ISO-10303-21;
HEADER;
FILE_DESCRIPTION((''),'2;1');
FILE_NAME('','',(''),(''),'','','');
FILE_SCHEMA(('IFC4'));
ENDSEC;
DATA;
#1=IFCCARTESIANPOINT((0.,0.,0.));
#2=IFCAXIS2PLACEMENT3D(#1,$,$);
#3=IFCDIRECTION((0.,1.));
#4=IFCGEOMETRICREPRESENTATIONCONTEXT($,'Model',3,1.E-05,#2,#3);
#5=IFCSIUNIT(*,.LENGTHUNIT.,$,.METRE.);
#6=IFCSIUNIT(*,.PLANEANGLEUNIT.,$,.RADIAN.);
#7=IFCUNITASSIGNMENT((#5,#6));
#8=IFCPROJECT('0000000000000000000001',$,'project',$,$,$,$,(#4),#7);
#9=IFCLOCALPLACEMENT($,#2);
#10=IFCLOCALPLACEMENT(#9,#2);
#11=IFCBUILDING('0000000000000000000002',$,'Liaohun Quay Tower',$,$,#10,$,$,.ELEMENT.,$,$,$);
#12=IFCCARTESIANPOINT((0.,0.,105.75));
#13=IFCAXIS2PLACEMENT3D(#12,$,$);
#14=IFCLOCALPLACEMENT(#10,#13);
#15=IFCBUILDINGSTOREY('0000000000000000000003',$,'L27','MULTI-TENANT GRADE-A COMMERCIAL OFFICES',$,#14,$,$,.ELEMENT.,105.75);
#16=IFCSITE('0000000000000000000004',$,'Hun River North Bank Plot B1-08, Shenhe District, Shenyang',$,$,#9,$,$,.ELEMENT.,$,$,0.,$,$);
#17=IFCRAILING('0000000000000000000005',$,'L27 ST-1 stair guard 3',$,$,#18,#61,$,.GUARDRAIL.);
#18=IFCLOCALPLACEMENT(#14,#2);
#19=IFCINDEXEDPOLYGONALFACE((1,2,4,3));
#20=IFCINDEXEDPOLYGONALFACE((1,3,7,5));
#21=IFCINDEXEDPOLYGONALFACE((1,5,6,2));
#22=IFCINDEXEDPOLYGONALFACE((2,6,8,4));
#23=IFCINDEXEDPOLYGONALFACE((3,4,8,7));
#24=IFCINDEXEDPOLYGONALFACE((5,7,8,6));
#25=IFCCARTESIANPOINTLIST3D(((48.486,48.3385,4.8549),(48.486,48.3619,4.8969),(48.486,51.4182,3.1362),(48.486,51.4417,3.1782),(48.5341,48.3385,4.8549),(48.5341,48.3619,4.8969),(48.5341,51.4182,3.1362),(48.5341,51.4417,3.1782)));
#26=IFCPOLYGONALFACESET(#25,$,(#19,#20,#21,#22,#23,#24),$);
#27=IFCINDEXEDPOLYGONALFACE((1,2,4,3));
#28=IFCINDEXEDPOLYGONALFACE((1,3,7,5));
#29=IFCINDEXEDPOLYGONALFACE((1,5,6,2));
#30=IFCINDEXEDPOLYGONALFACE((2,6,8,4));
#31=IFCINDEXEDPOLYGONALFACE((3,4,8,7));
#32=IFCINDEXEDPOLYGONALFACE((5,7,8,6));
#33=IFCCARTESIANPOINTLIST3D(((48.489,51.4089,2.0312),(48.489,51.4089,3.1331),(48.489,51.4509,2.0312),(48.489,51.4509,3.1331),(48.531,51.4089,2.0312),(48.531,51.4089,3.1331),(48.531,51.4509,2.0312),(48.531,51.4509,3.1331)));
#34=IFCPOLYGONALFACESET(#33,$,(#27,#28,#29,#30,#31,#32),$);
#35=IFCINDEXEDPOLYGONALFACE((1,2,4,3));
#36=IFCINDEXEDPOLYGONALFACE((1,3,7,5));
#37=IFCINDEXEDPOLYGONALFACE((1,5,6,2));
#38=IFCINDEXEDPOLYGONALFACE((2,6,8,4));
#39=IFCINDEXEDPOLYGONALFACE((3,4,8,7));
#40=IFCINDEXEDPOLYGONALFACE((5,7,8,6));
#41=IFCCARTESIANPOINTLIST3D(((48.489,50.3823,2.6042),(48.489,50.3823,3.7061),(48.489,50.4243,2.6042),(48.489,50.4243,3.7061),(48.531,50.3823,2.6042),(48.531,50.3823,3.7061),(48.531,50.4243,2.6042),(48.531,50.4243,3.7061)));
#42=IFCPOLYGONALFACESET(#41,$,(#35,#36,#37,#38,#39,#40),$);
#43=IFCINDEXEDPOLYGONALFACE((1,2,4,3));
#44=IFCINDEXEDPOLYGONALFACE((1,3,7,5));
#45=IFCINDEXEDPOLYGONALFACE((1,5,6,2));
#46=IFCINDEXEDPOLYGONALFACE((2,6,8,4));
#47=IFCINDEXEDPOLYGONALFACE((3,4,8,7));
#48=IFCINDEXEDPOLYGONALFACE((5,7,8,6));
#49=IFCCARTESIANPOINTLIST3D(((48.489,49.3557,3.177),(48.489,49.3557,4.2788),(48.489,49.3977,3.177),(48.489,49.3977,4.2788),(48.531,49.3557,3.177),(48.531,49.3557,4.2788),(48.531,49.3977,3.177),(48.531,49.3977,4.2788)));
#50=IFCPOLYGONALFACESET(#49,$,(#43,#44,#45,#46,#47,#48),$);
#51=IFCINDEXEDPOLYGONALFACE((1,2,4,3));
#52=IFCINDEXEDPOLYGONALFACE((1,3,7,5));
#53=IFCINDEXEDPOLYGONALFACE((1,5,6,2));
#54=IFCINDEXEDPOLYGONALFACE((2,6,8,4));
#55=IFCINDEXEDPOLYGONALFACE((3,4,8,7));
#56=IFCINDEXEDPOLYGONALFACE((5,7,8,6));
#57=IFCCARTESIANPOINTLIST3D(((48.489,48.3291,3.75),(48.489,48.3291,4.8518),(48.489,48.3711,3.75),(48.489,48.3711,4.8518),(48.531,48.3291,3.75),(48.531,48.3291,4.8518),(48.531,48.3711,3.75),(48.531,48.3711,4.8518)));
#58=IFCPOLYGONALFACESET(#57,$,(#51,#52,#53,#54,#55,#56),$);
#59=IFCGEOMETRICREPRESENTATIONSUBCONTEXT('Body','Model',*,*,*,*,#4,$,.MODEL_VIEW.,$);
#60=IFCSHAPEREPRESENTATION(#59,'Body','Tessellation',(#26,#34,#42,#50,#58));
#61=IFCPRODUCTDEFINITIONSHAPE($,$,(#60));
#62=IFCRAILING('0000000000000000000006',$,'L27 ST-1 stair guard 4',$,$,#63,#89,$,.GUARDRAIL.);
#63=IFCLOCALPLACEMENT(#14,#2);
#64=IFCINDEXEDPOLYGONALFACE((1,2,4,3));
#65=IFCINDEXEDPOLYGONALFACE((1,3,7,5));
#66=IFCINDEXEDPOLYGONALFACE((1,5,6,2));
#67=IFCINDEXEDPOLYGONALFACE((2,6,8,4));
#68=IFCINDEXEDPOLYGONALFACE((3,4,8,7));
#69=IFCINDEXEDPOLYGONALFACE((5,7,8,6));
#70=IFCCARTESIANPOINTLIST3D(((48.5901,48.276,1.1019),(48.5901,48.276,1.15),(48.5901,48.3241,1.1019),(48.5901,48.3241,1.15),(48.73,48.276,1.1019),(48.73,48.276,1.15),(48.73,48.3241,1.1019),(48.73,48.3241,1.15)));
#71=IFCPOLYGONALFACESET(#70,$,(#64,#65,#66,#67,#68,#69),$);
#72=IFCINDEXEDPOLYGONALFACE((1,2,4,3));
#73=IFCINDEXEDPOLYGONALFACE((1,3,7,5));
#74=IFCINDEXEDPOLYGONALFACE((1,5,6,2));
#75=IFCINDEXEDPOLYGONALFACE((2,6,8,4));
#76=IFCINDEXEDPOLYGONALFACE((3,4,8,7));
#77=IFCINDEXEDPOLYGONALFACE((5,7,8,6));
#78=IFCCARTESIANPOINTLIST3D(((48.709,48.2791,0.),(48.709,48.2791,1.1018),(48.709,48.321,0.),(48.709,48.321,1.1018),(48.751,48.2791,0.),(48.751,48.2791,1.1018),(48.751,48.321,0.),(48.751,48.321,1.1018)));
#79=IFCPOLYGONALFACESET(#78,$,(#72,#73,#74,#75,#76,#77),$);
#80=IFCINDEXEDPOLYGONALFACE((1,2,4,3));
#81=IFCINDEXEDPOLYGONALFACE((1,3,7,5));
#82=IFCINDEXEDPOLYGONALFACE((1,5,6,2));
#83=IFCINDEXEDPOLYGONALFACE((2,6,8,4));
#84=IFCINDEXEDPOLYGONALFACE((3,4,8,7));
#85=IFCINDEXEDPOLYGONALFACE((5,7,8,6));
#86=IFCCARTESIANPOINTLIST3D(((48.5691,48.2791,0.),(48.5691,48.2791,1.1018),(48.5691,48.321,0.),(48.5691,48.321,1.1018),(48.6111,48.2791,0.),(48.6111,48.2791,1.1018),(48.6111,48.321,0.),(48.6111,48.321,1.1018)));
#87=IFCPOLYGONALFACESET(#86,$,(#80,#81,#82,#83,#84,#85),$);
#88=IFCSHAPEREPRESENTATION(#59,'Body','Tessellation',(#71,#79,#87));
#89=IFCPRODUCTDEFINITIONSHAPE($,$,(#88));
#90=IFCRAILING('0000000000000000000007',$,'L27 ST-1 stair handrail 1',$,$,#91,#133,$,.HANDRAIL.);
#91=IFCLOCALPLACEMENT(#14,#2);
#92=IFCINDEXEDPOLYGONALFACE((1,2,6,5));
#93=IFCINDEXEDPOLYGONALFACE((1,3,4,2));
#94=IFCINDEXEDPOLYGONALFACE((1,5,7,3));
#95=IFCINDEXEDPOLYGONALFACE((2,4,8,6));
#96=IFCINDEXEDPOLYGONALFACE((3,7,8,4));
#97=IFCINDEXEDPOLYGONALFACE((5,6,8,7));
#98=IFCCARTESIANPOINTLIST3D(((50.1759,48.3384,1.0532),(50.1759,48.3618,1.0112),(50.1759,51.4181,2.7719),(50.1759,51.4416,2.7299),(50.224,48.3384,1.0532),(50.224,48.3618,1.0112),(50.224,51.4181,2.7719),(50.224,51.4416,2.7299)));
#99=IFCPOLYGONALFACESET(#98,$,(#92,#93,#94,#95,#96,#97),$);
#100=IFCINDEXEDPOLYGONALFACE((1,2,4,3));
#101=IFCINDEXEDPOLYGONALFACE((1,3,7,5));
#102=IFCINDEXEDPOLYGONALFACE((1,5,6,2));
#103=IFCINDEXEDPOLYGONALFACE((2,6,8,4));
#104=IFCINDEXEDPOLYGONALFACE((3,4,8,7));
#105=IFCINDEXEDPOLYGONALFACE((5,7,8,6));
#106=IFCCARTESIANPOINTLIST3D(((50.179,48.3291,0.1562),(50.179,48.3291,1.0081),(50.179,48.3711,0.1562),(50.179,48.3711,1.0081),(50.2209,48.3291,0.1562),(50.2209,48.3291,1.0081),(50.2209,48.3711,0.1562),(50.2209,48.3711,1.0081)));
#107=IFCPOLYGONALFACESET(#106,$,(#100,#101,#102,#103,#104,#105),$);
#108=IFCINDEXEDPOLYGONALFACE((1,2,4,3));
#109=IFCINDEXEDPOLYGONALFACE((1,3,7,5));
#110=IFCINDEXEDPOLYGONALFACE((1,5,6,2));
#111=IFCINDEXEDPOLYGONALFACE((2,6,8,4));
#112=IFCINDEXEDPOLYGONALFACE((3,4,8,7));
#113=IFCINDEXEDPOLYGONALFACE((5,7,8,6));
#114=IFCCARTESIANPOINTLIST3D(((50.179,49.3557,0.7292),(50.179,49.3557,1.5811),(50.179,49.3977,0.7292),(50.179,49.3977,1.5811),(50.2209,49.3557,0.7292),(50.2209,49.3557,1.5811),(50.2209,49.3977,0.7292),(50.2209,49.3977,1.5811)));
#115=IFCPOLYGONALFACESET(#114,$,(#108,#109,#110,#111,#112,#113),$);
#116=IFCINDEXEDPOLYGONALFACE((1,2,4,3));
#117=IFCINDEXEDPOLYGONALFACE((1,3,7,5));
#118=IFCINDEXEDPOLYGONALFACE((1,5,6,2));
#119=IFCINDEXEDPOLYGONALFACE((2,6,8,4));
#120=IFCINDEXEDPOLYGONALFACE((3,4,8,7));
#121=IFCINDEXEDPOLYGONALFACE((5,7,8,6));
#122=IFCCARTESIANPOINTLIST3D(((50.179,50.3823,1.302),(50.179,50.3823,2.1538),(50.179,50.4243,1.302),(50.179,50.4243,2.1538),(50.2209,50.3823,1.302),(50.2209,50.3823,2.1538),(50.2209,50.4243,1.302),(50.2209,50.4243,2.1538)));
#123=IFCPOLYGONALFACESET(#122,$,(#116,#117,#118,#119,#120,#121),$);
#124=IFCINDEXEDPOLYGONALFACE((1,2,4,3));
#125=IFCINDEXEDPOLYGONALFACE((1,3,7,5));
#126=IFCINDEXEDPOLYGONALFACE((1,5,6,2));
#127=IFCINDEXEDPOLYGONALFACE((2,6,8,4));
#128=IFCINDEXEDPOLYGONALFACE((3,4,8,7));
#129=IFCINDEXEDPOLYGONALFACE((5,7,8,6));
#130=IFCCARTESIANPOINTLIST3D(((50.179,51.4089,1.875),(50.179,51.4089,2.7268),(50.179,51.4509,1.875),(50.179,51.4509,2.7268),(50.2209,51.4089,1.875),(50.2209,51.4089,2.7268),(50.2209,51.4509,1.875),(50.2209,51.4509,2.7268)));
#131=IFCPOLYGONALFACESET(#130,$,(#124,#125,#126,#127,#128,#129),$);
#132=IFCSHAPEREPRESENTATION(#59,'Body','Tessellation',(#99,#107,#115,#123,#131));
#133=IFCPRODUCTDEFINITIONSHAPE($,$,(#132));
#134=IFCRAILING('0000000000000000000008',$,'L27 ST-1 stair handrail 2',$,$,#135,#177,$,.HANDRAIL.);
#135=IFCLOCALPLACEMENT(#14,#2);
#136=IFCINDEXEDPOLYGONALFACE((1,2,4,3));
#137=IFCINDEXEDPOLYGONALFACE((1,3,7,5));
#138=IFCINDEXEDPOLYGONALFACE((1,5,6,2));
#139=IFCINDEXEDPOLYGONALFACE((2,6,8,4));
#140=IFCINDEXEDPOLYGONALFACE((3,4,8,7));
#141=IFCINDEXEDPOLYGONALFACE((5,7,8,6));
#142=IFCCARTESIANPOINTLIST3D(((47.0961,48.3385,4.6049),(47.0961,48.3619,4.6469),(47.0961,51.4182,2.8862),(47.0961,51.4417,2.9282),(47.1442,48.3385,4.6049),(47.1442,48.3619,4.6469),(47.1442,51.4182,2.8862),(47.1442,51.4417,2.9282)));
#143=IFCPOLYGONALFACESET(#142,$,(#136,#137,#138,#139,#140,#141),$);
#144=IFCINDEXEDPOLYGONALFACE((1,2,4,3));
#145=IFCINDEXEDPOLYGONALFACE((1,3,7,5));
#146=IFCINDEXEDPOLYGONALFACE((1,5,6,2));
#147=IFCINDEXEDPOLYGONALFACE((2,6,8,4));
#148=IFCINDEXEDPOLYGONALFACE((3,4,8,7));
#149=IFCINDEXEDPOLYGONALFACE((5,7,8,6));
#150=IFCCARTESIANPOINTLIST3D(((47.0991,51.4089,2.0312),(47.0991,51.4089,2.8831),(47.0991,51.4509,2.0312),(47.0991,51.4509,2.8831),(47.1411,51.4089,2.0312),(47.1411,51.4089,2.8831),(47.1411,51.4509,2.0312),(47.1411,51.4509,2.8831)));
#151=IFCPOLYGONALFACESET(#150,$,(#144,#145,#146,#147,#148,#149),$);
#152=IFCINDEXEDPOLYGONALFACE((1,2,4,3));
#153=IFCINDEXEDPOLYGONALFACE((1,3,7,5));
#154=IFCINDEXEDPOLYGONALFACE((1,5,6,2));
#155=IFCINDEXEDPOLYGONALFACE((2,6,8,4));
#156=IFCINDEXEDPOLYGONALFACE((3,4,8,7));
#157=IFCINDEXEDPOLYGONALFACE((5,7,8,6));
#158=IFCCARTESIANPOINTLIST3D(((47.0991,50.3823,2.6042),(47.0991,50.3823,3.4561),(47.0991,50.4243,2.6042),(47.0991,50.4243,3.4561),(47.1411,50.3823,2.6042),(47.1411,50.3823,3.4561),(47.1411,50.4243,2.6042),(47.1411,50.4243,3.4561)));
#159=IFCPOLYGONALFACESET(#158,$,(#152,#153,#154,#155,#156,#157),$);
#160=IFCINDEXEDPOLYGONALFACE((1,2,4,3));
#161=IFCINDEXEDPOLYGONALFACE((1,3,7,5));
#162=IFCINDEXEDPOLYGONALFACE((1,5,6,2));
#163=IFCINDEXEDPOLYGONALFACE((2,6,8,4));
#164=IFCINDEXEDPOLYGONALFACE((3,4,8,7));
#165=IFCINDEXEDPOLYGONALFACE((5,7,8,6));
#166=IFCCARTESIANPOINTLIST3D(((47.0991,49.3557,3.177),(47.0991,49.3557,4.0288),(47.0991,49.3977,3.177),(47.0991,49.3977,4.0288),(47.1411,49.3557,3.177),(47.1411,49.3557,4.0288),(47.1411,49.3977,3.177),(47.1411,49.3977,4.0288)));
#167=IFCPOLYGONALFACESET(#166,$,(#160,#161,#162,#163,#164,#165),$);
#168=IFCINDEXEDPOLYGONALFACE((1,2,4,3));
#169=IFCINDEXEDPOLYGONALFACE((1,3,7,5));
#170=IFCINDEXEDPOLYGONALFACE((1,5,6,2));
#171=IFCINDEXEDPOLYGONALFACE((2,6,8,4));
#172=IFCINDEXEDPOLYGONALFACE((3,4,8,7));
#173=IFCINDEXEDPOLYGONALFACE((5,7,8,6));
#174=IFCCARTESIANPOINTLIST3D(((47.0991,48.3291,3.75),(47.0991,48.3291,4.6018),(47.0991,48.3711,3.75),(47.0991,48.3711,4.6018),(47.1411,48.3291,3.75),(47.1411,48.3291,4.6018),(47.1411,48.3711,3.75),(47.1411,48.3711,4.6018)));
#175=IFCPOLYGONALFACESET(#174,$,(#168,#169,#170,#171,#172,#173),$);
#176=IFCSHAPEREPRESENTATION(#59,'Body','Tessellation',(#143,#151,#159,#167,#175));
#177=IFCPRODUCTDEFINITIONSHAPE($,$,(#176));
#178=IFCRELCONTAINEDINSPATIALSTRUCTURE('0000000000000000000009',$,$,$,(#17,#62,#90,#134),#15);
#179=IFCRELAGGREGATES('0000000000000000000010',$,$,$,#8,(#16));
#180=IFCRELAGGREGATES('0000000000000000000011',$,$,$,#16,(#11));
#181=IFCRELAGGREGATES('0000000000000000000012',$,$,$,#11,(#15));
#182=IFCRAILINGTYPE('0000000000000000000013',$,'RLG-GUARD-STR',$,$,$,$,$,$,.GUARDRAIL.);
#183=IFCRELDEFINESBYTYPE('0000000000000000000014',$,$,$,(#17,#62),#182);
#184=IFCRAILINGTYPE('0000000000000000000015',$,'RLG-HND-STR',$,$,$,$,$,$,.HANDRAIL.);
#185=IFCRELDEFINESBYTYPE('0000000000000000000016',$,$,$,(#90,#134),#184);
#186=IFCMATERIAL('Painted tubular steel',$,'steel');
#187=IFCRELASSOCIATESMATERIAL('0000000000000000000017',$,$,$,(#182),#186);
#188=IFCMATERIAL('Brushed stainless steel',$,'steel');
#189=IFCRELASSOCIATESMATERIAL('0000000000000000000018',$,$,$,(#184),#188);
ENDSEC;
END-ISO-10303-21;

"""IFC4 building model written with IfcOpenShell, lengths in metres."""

from ifc_helpers import new_model, si_unit, direction, frame, origin, origin_2d, place, context, subcontext, project, spatial, rectangle, extrude, material, type_object, element, save


model = new_model("IFC4")

# Units and contexts
model_context = context("Model", 3, precision=1e-05, world=origin(), true_north=direction((0.0, 1.0)))
body_context = subcontext(model_context, "Body", "Model", "MODEL_VIEW")
ifc_project = project(units=[si_unit("LENGTHUNIT", "METRE"), si_unit("PLANEANGLEUNIT", "RADIAN")], contexts=[model_context])

# Site, building, storey
site_placement = place(None, origin())
site = spatial("IfcSite", under=ifc_project, at=site_placement, Name="Hun River North Bank Plot B1-08, Shenhe District, Shenyang", CompositionType="ELEMENT", RefElevation=0.0)
building_placement = place(site_placement, origin())
building = spatial("IfcBuilding", under=site, at=building_placement, Name="Liaohun Quay Tower", CompositionType="ELEMENT")
storey_placement = place(building_placement, frame((0.0, 0.0, 105.75)))
storey = spatial("IfcBuildingStorey", under=building, at=storey_placement, Name="L27", Description="MULTI-TENANT GRADE-A COMMERCIAL OFFICES", CompositionType="ELEMENT", Elevation=105.75)

# Railings
ifc_material_1 = material(Name="Painted tubular steel", Category="steel")
railing_type_1 = type_object("IfcRailingType", Name="RLG-GUARD-STR", PredefinedType="GUARDRAIL", material=ifc_material_1)
railing_1_placement = place(storey_placement, frame((48.51, 51.4299, 2.0312)))
element("IfcRailing", 1, at=railing_1_placement, inside=storey, type_object=railing_type_1, Name="L27 ST-1 stair guard 3", PredefinedType="GUARDRAIL", context=body_context, shape_type="SweptSolid", body=[
    extrude(rectangle(XDim=0.0481, YDim=0.0481, at=origin_2d()), frame((0.0, 0.0, 1.126), z_axis=(0.0, -0.873225, 0.487317), x_axis=(1.0, 0.0, 0.0)), (0.0, 0.0, 1.0), 3.5269),
    extrude(rectangle(XDim=0.042, YDim=0.042, at=origin_2d()), origin(), (0.0, 0.0, 1.0), 1.1018),
    extrude(rectangle(XDim=0.042, YDim=0.042, at=origin_2d()), frame((0.0, -1.0266, 0.573)), (0.0, 0.0, 1.0), 1.1018),
    extrude(rectangle(XDim=0.042, YDim=0.042, at=origin_2d()), frame((0.0, -2.0532, 1.1458)), (0.0, 0.0, 1.0), 1.1018),
    extrude(rectangle(XDim=0.042, YDim=0.042, at=origin_2d()), frame((0.0, -3.0798, 1.7188)), (0.0, 0.0, 1.0), 1.1018),
])
railing_2_placement = place(storey_placement, frame((48.73, 48.3, 0.0)))
element("IfcRailing", 2, at=railing_2_placement, inside=storey, type_object=railing_type_1, Name="L27 ST-1 stair guard 4", PredefinedType="GUARDRAIL", context=body_context, shape_type="SweptSolid", body=[
    extrude(rectangle(XDim=0.0481, YDim=0.0481, at=origin_2d()), frame((0.0, 0.0, 1.126), z_axis=(-1.0, 0.0, 0.0), x_axis=(0.0, -1.0, 0.0)), (0.0, 0.0, 1.0), 0.1399),
    extrude(rectangle(XDim=0.042, YDim=0.042, at=origin_2d()), origin(), (0.0, 0.0, 1.0), 1.1018),
    extrude(rectangle(XDim=0.042, YDim=0.042, at=origin_2d()), frame((-0.1399, 0.0, 0.0)), (0.0, 0.0, 1.0), 1.1018),
])
ifc_material_2 = material(Name="Brushed stainless steel", Category="steel")
railing_type_2 = type_object("IfcRailingType", Name="RLG-HND-STR", PredefinedType="HANDRAIL", material=ifc_material_2)
railing_3_placement = place(storey_placement, frame((50.2, 48.3501, 0.1562)))
element("IfcRailing", 3, at=railing_3_placement, inside=storey, type_object=railing_type_2, Name="L27 ST-1 stair handrail 1", PredefinedType="HANDRAIL", context=body_context, shape_type="SweptSolid", body=[
    extrude(rectangle(XDim=0.0481, YDim=0.0481, at=origin_2d()), frame((0.0, 0.0, 0.876), z_axis=(0.0, 0.873225, 0.487317), x_axis=(-1.0, 0.0, 0.0)), (0.0, 0.0, 1.0), 3.5269),
    extrude(rectangle(XDim=0.042, YDim=0.042, at=origin_2d()), origin(), (0.0, 0.0, 1.0), 0.8518),
    extrude(rectangle(XDim=0.042, YDim=0.042, at=origin_2d()), frame((0.0, 1.0266, 0.573)), (0.0, 0.0, 1.0), 0.8518),
    extrude(rectangle(XDim=0.042, YDim=0.042, at=origin_2d()), frame((0.0, 2.0532, 1.1458)), (0.0, 0.0, 1.0), 0.8518),
    extrude(rectangle(XDim=0.042, YDim=0.042, at=origin_2d()), frame((0.0, 3.0798, 1.7188)), (0.0, 0.0, 1.0), 0.8518),
])
railing_4_placement = place(storey_placement, frame((47.1201, 51.4299, 2.0312)))
element("IfcRailing", 4, at=railing_4_placement, inside=storey, type_object=railing_type_2, Name="L27 ST-1 stair handrail 2", PredefinedType="HANDRAIL", context=body_context, shape_type="SweptSolid", body=[
    extrude(rectangle(XDim=0.0481, YDim=0.0481, at=origin_2d()), frame((0.0, 0.0, 0.876), z_axis=(0.0, -0.873225, 0.487317), x_axis=(1.0, 0.0, 0.0)), (0.0, 0.0, 1.0), 3.5269),
    extrude(rectangle(XDim=0.042, YDim=0.042, at=origin_2d()), origin(), (0.0, 0.0, 1.0), 0.8518),
    extrude(rectangle(XDim=0.042, YDim=0.042, at=origin_2d()), frame((0.0, -1.0266, 0.573)), (0.0, 0.0, 1.0), 0.8518),
    extrude(rectangle(XDim=0.042, YDim=0.042, at=origin_2d()), frame((0.0, -2.0532, 1.1458)), (0.0, 0.0, 1.0), 0.8518),
    extrude(rectangle(XDim=0.042, YDim=0.042, at=origin_2d()), frame((0.0, -3.0798, 1.7188)), (0.0, 0.0, 1.0), 0.8518),
])

save(model, "model.ifc")
